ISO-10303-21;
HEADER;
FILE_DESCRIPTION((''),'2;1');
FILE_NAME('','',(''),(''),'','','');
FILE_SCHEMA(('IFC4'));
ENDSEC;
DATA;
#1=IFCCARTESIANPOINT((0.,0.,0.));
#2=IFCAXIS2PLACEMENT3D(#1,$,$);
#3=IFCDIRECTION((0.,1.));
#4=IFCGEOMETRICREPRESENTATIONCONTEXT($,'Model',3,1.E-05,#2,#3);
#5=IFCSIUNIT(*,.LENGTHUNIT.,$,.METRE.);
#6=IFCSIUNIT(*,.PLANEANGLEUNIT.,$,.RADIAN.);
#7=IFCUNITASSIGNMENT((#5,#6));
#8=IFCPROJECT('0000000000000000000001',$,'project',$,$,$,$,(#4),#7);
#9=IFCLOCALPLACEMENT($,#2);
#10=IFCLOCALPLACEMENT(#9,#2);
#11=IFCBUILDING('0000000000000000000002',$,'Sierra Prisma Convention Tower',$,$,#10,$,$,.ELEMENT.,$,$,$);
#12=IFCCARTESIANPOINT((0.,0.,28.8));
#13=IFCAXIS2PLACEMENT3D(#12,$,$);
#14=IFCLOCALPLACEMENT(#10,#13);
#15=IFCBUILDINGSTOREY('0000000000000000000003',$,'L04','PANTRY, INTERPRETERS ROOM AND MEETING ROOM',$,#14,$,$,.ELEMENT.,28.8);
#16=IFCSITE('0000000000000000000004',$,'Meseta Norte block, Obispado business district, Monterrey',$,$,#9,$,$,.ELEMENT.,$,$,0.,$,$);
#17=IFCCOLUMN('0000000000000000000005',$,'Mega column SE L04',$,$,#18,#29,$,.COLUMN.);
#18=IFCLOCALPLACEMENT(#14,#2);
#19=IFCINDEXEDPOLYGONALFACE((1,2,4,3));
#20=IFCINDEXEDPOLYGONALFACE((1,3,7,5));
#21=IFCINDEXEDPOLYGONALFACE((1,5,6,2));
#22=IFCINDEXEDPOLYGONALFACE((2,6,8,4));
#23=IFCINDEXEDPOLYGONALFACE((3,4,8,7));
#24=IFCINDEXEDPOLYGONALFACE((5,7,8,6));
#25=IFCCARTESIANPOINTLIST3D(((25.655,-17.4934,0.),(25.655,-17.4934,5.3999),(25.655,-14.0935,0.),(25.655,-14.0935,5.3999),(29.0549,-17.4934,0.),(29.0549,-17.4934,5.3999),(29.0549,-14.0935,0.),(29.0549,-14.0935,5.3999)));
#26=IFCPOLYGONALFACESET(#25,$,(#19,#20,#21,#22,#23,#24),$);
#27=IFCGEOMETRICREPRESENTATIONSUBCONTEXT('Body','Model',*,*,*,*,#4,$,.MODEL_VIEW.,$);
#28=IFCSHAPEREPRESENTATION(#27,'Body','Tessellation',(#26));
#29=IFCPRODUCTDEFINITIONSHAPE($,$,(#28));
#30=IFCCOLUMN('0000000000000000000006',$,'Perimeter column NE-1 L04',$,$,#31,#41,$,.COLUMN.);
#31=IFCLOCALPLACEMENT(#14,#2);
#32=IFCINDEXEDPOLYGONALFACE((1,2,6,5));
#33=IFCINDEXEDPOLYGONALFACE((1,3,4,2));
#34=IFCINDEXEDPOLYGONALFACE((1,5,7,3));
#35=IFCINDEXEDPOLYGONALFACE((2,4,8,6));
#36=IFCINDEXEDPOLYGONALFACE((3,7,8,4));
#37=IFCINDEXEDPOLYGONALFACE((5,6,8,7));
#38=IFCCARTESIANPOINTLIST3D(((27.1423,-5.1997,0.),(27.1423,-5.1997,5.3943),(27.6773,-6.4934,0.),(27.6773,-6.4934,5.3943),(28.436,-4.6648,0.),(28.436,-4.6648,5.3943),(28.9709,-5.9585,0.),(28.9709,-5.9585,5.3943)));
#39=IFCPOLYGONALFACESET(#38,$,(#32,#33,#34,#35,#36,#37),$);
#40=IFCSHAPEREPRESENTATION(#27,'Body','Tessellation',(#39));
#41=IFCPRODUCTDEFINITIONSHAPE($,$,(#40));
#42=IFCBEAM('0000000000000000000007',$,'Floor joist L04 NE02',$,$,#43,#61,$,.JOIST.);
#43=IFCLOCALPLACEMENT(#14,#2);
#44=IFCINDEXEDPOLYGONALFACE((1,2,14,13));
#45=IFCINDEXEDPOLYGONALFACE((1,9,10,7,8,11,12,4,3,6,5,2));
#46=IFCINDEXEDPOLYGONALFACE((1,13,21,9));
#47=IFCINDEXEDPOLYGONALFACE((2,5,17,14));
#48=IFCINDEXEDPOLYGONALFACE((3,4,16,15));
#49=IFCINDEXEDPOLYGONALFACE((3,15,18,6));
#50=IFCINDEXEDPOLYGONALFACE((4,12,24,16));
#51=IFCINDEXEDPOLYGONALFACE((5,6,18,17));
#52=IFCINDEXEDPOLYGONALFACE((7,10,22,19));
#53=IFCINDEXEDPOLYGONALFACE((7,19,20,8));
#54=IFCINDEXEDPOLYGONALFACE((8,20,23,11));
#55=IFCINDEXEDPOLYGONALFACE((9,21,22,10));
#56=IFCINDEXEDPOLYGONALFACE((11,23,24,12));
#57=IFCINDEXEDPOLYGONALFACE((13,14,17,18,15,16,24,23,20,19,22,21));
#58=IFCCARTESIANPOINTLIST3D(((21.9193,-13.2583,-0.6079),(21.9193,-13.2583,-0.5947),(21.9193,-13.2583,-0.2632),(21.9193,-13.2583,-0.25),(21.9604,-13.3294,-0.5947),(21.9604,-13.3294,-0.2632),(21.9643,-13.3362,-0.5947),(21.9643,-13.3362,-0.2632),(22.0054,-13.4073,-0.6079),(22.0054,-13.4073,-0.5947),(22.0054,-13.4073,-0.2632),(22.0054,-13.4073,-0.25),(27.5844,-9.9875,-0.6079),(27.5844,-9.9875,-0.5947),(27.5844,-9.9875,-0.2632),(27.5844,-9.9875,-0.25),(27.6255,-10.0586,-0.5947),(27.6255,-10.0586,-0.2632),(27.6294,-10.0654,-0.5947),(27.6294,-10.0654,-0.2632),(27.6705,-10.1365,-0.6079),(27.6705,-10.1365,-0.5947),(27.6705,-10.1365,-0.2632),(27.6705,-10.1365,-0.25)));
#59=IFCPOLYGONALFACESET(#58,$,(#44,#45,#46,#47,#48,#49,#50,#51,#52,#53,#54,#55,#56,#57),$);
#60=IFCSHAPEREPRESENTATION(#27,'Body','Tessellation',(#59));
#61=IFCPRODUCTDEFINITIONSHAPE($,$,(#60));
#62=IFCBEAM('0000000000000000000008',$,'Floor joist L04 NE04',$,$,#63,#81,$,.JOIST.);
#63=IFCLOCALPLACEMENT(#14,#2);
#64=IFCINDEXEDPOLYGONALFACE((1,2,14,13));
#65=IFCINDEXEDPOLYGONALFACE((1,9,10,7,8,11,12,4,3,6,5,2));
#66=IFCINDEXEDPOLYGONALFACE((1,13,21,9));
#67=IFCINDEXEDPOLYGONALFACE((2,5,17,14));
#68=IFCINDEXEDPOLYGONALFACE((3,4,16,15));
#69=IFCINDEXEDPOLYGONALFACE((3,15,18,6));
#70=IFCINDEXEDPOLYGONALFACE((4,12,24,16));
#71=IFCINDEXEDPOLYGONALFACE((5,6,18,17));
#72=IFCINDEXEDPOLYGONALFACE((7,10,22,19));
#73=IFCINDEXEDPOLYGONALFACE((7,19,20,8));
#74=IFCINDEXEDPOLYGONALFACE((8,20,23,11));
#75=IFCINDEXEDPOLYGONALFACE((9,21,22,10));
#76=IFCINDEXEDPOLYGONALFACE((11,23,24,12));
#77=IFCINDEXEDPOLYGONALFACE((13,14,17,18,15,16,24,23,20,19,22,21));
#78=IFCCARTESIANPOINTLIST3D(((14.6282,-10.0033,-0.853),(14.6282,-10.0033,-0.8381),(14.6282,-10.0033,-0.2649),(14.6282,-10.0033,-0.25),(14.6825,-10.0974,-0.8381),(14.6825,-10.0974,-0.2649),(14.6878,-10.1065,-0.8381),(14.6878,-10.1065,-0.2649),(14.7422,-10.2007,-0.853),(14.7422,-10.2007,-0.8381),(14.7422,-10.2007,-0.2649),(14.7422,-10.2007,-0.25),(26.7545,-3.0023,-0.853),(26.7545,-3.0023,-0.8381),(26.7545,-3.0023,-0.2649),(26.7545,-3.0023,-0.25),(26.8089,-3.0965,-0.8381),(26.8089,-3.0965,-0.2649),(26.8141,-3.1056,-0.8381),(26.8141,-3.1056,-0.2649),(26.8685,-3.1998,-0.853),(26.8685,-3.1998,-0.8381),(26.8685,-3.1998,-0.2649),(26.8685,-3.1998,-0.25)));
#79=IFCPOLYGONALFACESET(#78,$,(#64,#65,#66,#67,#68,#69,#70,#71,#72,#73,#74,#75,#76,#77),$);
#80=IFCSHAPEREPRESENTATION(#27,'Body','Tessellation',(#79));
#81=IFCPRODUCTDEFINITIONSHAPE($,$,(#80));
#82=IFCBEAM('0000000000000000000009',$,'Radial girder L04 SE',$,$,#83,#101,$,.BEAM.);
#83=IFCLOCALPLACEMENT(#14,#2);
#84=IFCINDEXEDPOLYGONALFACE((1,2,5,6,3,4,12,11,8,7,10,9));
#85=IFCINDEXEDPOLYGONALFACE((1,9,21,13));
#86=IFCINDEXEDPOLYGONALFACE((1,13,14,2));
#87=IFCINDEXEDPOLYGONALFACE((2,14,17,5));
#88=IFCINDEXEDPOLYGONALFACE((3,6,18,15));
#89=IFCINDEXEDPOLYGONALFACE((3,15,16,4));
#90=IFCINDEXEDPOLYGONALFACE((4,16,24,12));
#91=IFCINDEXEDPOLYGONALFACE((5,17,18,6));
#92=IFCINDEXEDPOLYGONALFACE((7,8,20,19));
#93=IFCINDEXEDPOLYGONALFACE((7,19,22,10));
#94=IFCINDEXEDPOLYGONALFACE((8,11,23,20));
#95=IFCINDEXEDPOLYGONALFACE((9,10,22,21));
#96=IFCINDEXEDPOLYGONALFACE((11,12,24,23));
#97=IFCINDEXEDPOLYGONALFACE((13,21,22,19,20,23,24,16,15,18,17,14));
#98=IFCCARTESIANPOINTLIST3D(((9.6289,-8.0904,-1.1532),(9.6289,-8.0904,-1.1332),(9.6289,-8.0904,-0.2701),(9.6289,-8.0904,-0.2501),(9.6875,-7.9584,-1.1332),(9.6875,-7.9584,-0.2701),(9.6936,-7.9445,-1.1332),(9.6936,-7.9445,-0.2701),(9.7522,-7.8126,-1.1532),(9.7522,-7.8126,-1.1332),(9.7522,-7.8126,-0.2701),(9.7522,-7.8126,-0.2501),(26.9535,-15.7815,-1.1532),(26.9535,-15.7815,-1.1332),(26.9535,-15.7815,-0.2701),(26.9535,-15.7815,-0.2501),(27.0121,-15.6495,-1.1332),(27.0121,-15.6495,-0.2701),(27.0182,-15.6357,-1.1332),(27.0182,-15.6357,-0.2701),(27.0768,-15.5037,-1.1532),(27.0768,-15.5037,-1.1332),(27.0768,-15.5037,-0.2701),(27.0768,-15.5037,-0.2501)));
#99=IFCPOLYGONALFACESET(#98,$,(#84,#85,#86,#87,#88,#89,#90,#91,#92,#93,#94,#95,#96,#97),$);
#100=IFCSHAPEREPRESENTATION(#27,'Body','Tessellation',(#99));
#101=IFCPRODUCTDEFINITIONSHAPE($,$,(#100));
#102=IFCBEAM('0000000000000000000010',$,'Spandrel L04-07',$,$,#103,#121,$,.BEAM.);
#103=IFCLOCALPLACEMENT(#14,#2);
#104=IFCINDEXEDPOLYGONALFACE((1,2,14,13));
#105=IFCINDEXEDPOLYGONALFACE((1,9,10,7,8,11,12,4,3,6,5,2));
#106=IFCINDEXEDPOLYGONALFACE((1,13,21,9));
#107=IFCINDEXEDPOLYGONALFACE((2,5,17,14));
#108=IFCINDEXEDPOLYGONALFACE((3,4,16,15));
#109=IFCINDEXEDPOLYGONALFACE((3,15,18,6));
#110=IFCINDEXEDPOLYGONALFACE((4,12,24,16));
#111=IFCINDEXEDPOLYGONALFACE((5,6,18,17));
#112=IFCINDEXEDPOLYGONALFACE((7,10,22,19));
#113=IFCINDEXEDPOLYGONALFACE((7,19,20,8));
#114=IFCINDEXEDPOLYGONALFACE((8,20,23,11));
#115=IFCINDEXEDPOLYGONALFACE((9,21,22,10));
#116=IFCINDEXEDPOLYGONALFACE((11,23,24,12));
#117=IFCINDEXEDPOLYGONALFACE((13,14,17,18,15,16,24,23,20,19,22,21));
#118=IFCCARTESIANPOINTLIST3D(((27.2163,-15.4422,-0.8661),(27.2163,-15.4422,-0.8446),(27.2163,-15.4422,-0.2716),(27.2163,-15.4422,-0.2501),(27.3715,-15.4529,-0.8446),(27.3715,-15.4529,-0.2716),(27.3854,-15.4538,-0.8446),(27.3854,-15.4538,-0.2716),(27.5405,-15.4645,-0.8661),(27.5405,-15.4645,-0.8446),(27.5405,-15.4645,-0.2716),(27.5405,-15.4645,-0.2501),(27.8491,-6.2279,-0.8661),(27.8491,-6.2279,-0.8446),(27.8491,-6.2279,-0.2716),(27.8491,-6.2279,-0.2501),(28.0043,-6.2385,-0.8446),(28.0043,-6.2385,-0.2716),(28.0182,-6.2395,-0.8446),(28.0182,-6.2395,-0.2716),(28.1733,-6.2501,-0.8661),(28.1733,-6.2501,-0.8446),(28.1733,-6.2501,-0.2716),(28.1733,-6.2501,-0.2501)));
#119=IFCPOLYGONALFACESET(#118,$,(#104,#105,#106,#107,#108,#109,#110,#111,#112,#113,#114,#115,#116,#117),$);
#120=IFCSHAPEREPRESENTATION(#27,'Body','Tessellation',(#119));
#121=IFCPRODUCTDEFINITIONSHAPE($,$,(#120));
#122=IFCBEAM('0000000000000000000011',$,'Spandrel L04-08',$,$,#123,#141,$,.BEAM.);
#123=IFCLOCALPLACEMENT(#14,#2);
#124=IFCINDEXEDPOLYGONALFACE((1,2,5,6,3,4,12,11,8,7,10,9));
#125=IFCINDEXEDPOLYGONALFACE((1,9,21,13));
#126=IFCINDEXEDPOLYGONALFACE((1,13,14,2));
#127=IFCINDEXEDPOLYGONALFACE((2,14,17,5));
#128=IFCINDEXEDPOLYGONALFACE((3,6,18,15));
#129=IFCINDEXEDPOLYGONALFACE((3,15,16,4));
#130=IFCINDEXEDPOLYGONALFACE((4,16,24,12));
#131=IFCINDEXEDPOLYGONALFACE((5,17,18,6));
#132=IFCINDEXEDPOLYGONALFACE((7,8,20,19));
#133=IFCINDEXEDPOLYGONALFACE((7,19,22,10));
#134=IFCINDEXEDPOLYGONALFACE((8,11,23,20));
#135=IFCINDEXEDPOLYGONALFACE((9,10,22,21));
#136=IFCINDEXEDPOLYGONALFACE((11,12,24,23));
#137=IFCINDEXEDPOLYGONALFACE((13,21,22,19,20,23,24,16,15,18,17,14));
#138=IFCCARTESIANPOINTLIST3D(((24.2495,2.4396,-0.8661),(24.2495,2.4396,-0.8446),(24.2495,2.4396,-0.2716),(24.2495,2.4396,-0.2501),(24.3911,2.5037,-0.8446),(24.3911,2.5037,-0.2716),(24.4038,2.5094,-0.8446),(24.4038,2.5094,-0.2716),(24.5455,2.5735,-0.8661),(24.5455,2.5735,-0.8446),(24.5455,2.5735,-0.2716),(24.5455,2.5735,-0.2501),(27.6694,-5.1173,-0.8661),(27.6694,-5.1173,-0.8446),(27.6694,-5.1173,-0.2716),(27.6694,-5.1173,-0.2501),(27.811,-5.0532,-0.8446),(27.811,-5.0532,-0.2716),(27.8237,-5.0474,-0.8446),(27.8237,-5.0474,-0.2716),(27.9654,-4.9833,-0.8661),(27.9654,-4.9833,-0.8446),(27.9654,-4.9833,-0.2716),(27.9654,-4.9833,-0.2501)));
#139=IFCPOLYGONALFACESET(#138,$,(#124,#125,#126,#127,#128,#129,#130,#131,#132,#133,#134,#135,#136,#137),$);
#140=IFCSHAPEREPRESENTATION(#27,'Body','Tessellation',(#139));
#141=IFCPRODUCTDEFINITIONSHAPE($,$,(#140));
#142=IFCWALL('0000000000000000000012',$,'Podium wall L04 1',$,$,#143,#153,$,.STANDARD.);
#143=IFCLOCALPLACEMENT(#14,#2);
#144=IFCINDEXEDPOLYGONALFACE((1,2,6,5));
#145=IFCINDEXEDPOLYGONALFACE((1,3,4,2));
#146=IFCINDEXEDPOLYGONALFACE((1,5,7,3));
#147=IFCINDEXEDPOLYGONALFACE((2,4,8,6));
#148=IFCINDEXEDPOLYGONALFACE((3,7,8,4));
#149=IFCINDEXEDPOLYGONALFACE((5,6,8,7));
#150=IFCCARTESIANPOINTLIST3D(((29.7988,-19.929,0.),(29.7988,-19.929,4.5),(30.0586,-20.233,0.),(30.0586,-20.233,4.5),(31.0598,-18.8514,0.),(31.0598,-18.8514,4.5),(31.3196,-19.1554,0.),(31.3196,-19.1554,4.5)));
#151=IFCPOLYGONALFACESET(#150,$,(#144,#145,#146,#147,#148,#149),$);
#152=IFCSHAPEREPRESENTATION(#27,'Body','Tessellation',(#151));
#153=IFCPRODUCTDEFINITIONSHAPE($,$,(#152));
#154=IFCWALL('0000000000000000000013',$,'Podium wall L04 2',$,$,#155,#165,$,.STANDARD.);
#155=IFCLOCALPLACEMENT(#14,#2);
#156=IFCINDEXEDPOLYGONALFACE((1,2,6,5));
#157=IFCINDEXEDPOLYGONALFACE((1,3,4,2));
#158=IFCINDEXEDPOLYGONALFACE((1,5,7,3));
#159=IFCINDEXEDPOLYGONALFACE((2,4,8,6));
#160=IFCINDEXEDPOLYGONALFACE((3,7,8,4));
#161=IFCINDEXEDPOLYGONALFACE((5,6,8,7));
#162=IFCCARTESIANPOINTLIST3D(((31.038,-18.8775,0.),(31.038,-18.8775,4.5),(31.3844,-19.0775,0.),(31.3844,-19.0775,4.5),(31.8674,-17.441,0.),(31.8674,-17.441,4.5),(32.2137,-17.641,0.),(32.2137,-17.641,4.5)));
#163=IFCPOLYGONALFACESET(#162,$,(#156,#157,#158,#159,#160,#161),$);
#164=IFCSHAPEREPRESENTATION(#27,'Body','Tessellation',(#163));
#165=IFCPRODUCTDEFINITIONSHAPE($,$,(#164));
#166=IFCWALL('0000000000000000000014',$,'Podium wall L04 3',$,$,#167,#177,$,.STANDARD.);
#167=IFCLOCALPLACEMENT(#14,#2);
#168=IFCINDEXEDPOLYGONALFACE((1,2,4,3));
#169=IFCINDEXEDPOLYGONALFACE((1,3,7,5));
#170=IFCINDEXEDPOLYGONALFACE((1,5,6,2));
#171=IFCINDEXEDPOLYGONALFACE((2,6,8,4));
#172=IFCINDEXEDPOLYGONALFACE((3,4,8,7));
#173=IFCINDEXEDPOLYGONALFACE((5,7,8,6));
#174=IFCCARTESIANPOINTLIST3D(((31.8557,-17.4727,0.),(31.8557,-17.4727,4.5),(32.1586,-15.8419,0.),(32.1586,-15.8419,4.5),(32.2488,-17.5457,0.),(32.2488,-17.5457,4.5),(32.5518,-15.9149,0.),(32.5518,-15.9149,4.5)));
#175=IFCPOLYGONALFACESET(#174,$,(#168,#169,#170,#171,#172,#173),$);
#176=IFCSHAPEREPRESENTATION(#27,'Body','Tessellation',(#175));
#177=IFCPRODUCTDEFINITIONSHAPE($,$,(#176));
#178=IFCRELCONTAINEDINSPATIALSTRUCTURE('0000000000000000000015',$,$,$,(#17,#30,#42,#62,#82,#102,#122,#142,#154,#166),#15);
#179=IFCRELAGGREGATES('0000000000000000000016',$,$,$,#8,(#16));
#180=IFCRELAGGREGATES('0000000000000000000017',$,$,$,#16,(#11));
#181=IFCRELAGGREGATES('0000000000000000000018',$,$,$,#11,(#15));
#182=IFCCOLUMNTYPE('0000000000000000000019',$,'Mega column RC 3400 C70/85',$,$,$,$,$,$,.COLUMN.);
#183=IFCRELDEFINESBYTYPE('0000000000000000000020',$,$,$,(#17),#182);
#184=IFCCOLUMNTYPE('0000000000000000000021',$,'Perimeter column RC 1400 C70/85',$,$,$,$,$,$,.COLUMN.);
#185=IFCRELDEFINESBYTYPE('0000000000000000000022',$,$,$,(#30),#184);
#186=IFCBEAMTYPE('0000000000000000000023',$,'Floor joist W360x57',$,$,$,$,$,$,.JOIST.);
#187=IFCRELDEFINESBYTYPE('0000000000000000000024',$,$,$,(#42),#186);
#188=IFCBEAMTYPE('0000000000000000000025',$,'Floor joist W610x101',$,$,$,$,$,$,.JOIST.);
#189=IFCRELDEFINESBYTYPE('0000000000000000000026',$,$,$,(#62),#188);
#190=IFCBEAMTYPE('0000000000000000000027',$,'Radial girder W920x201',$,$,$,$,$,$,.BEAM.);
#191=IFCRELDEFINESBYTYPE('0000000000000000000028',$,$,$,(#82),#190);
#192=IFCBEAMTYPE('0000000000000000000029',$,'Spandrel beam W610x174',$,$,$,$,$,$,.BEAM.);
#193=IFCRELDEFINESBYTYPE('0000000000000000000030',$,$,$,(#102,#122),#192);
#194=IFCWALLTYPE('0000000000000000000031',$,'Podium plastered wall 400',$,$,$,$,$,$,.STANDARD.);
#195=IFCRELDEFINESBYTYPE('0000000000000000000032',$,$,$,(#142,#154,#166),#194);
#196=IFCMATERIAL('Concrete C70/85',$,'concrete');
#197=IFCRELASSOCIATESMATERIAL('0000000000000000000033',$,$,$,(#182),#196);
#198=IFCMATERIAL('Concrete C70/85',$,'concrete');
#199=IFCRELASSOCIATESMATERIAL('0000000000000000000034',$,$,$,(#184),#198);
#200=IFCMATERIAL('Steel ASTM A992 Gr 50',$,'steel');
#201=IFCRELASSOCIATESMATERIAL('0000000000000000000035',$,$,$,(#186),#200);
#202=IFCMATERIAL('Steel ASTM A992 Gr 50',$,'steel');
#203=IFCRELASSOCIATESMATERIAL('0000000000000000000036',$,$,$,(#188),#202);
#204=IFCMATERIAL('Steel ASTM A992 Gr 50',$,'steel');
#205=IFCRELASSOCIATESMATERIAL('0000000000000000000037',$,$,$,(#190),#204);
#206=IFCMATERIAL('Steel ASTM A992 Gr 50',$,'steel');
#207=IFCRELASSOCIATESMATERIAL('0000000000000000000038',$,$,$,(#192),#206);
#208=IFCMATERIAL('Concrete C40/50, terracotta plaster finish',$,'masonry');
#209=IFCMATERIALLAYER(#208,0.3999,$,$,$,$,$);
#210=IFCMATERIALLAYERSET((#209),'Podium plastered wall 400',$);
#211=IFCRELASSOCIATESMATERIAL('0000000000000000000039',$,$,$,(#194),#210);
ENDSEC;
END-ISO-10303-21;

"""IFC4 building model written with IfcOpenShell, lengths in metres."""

from ifc_helpers import new_model, si_unit, direction, frame, frame_2d, origin, origin_2d, place, context, subcontext, project, spatial, rectangle, i_section, extrude, clip, halfspace, material, layer, layer_set, material_profile, profile_set, type_object, element, save


model = new_model("IFC4")

# Units and contexts
model_context = context("Model", 3, precision=1e-05, world=origin(), true_north=direction((0.0, 1.0)))
body_context = subcontext(model_context, "Body", "Model", "MODEL_VIEW")
ifc_project = project(units=[si_unit("LENGTHUNIT", "METRE"), si_unit("PLANEANGLEUNIT", "RADIAN")], contexts=[model_context])

# Site, building, storey
site_placement = place(None, origin())
site = spatial("IfcSite", under=ifc_project, at=site_placement, Name="Meseta Norte block, Obispado business district, Monterrey", CompositionType="ELEMENT", RefElevation=0.0)
building_placement = place(site_placement, origin())
building = spatial("IfcBuilding", under=site, at=building_placement, Name="Sierra Prisma Convention Tower", CompositionType="ELEMENT")
storey_placement = place(building_placement, frame((0.0, 0.0, 28.8)))
storey = spatial("IfcBuildingStorey", under=building, at=storey_placement, Name="L04", Description="PANTRY, INTERPRETERS ROOM AND MEETING ROOM", CompositionType="ELEMENT", Elevation=28.8)

# Columns
ifc_material_1 = material(Name="Concrete C70/85", Category="concrete")
ifc_material_profile_1 = material_profile(ifc_material_1, rectangle(XDim=3.3999, YDim=3.3999, at=origin_2d()), Name="Mega column RC 3400 C70/85")
ifc_profile_set_1 = profile_set([ifc_material_profile_1], Name="Concrete C70/85")
column_type_1 = type_object("IfcColumnType", Name="Mega column RC 3400 C70/85", PredefinedType="COLUMN", material=ifc_profile_set_1)
column_1_placement = place(storey_placement, frame((27.355, -15.7935, 0.0), z_axis=(0.0, 0.0, 1.0), x_axis=(1.0, 0.0, 0.0)))
element("IfcColumn", 1, at=column_1_placement, inside=storey, type_object=column_type_1, Name="Mega column SE L04", PredefinedType="COLUMN", context=body_context, shape_type="SweptSolid", body=[
    extrude(rectangle(XDim=3.3999, YDim=3.3999, at=origin_2d()), origin(), (0.0, 0.0, 1.0), 5.3999),
])
ifc_material_2 = material(Name="Concrete C70/85", Category="concrete")
ifc_material_profile_2 = material_profile(ifc_material_2, rectangle(XDim=1.3999, YDim=1.3999, at=origin_2d()), Name="Perimeter column RC 1400 C70/85")
ifc_profile_set_2 = profile_set([ifc_material_profile_2], Name="Concrete C70/85")
column_type_2 = type_object("IfcColumnType", Name="Perimeter column RC 1400 C70/85", PredefinedType="COLUMN", material=ifc_profile_set_2)
column_2_placement = place(storey_placement, frame((28.0566, -5.5791, 0.0), z_axis=(0.0, 0.0, 1.0), x_axis=(-0.382135, 0.924106, 0.0)))
element("IfcColumn", 2, at=column_2_placement, inside=storey, type_object=column_type_2, Name="Perimeter column NE-1 L04", PredefinedType="COLUMN", context=body_context, shape_type="SweptSolid", body=[
    clip(extrude(rectangle(XDim=1.3999, YDim=1.3999, at=origin_2d()), origin(), (0.0, 0.0, 1.0), 5.3999), halfspace(frame((0.0, 0.0, 5.3943)), False)),
])

# Beams
ifc_material_3 = material(Name="Steel ASTM A992 Gr 50", Category="steel")
ifc_material_profile_3 = material_profile(ifc_material_3, i_section(OverallWidth=0.1721, OverallDepth=0.3579, WebThickness=0.0078, FlangeThickness=0.0132, at=origin_2d()), Name="W360x57")
ifc_profile_set_3 = profile_set([ifc_material_profile_3], Name="Steel ASTM A992 Gr 50")
beam_type_1 = type_object("IfcBeamType", Name="Floor joist W360x57", PredefinedType="JOIST", material=ifc_profile_set_3)
beam_1_placement = place(storey_placement, frame((27.6274, -10.062, -0.429), z_axis=(-0.866023, -0.500005, 0.0), x_axis=(0.500005, -0.866023, 0.0)))
element("IfcBeam", 3, at=beam_1_placement, inside=storey, type_object=beam_type_1, Name="Floor joist L04 NE02", PredefinedType="JOIST", context=body_context, shape_type="SweptSolid", body=[
    extrude(i_section(OverallWidth=0.1721, OverallDepth=0.3579, WebThickness=0.0078, FlangeThickness=0.0132, at=origin_2d()), origin(), (0.0, 0.0, 1.0), 6.5415),
])
ifc_material_4 = material(Name="Steel ASTM A992 Gr 50", Category="steel")
ifc_material_profile_4 = material_profile(ifc_material_4, i_section(OverallWidth=0.228, OverallDepth=0.603, WebThickness=0.0105, FlangeThickness=0.0149, at=origin_2d()), Name="W610x101")
ifc_profile_set_4 = profile_set([ifc_material_profile_4], Name="Steel ASTM A992 Gr 50")
beam_type_2 = type_object("IfcBeamType", Name="Floor joist W610x101", PredefinedType="JOIST", material=ifc_profile_set_4)
beam_2_placement = place(storey_placement, frame((26.8115, -3.1011, -0.5515), z_axis=(-0.866033, -0.499987, 0.0), x_axis=(0.499987, -0.866033, 0.0)))
element("IfcBeam", 4, at=beam_2_placement, inside=storey, type_object=beam_type_2, Name="Floor joist L04 NE04", PredefinedType="JOIST", context=body_context, shape_type="SweptSolid", body=[
    extrude(i_section(OverallWidth=0.228, OverallDepth=0.603, WebThickness=0.0105, FlangeThickness=0.0149, at=origin_2d()), origin(), (0.0, 0.0, 1.0), 14.0022),
])
ifc_material_5 = material(Name="Steel ASTM A992 Gr 50", Category="steel")
ifc_material_profile_5 = material_profile(ifc_material_5, i_section(OverallWidth=0.304, OverallDepth=0.9031, WebThickness=0.0151, FlangeThickness=0.02, at=origin_2d()), Name="W920x201")
ifc_profile_set_5 = profile_set([ifc_material_profile_5], Name="Steel ASTM A992 Gr 50")
beam_type_3 = type_object("IfcBeamType", Name="Radial girder W920x201", PredefinedType="BEAM", material=ifc_profile_set_5)
beam_3_placement = place(storey_placement, frame((27.0151, -15.6426, -0.7017), z_axis=(-0.913982, 0.405755, 0.0), x_axis=(-0.405755, -0.913982, 0.0)))
element("IfcBeam", 5, at=beam_3_placement, inside=storey, type_object=beam_type_3, Name="Radial girder L04 SE", PredefinedType="BEAM", context=body_context, shape_type="SweptSolid", body=[
    extrude(i_section(OverallWidth=0.304, OverallDepth=0.9031, WebThickness=0.0151, FlangeThickness=0.02, at=origin_2d()), origin(), (0.0, 0.0, 1.0), 18.9551),
])
ifc_material_6 = material(Name="Steel ASTM A992 Gr 50", Category="steel")
ifc_material_profile_6 = material_profile(ifc_material_6, i_section(OverallWidth=0.325, OverallDepth=0.616, WebThickness=0.0139, FlangeThickness=0.0215, at=origin_2d()), Name="W610x174")
ifc_profile_set_6 = profile_set([ifc_material_profile_6], Name="Steel ASTM A992 Gr 50")
beam_type_4 = type_object("IfcBeamType", Name="Spandrel beam W610x174", PredefinedType="BEAM", material=ifc_profile_set_6)
beam_4_placement = place(storey_placement, frame((27.3784, -15.4534, -0.5581), z_axis=(0.068515, 0.99765, 0.0), x_axis=(-0.99765, 0.068515, 0.0)))
element("IfcBeam", 6, at=beam_4_placement, inside=storey, type_object=beam_type_4, Name="Spandrel L04-07", PredefinedType="BEAM", context=body_context, shape_type="SweptSolid", body=[
    extrude(i_section(OverallWidth=0.325, OverallDepth=0.616, WebThickness=0.0139, FlangeThickness=0.0215, at=origin_2d()), origin(), (0.0, 0.0, 1.0), 9.2361),
])
beam_5_placement = place(storey_placement, frame((27.8174, -5.0503, -0.5581), z_axis=(-0.412301, 0.911048, 0.0), x_axis=(-0.911048, -0.412301, 0.0)))
element("IfcBeam", 7, at=beam_5_placement, inside=storey, type_object=beam_type_4, Name="Spandrel L04-08", PredefinedType="BEAM", context=body_context, shape_type="SweptSolid", body=[
    extrude(i_section(OverallWidth=0.325, OverallDepth=0.616, WebThickness=0.0139, FlangeThickness=0.0215, at=origin_2d()), origin(), (0.0, 0.0, 1.0), 8.2947),
])

# Walls
ifc_material_7 = material(Name="Concrete C40/50, terracotta plaster finish", Category="masonry")
ifc_layer_1 = layer(ifc_material_7, 0.3999)
ifc_layer_set_1 = layer_set([ifc_layer_1], Name="Podium plastered wall 400")
wall_type = type_object("IfcWallType", Name="Podium plastered wall 400", PredefinedType="STANDARD", material=ifc_layer_set_1)
for number, where, z_axis, x_axis, name in (
    (8, (31.1897, -19.0034, 0.0), (0.0, 0.0, 1.0), (-0.760212, -0.649676, 0.0), "Podium wall L04 1"),
    (9, (32.0405, -17.541, 0.0), (0.0, 0.0, 1.0), (-0.499986, -0.866034, 0.0), "Podium wall L04 2"),
    (10, (32.3552, -15.8784, 0.0), (0.0, 0.0, 1.0), (-0.182653, -0.983177, 0.0), "Podium wall L04 3"),
):
    element("IfcWall", number, at=place(storey_placement, frame(where, z_axis=z_axis, x_axis=x_axis)), inside=storey, type_object=wall_type, Name=name, PredefinedType="STANDARD", context=body_context, shape_type="SweptSolid", body=[
        extrude(rectangle(XDim=1.6587, YDim=0.3999, at=frame_2d((0.8293, 0.0))), origin(), (0.0, 0.0, 1.0), 4.5),
    ])

save(model, "model.ifc")
